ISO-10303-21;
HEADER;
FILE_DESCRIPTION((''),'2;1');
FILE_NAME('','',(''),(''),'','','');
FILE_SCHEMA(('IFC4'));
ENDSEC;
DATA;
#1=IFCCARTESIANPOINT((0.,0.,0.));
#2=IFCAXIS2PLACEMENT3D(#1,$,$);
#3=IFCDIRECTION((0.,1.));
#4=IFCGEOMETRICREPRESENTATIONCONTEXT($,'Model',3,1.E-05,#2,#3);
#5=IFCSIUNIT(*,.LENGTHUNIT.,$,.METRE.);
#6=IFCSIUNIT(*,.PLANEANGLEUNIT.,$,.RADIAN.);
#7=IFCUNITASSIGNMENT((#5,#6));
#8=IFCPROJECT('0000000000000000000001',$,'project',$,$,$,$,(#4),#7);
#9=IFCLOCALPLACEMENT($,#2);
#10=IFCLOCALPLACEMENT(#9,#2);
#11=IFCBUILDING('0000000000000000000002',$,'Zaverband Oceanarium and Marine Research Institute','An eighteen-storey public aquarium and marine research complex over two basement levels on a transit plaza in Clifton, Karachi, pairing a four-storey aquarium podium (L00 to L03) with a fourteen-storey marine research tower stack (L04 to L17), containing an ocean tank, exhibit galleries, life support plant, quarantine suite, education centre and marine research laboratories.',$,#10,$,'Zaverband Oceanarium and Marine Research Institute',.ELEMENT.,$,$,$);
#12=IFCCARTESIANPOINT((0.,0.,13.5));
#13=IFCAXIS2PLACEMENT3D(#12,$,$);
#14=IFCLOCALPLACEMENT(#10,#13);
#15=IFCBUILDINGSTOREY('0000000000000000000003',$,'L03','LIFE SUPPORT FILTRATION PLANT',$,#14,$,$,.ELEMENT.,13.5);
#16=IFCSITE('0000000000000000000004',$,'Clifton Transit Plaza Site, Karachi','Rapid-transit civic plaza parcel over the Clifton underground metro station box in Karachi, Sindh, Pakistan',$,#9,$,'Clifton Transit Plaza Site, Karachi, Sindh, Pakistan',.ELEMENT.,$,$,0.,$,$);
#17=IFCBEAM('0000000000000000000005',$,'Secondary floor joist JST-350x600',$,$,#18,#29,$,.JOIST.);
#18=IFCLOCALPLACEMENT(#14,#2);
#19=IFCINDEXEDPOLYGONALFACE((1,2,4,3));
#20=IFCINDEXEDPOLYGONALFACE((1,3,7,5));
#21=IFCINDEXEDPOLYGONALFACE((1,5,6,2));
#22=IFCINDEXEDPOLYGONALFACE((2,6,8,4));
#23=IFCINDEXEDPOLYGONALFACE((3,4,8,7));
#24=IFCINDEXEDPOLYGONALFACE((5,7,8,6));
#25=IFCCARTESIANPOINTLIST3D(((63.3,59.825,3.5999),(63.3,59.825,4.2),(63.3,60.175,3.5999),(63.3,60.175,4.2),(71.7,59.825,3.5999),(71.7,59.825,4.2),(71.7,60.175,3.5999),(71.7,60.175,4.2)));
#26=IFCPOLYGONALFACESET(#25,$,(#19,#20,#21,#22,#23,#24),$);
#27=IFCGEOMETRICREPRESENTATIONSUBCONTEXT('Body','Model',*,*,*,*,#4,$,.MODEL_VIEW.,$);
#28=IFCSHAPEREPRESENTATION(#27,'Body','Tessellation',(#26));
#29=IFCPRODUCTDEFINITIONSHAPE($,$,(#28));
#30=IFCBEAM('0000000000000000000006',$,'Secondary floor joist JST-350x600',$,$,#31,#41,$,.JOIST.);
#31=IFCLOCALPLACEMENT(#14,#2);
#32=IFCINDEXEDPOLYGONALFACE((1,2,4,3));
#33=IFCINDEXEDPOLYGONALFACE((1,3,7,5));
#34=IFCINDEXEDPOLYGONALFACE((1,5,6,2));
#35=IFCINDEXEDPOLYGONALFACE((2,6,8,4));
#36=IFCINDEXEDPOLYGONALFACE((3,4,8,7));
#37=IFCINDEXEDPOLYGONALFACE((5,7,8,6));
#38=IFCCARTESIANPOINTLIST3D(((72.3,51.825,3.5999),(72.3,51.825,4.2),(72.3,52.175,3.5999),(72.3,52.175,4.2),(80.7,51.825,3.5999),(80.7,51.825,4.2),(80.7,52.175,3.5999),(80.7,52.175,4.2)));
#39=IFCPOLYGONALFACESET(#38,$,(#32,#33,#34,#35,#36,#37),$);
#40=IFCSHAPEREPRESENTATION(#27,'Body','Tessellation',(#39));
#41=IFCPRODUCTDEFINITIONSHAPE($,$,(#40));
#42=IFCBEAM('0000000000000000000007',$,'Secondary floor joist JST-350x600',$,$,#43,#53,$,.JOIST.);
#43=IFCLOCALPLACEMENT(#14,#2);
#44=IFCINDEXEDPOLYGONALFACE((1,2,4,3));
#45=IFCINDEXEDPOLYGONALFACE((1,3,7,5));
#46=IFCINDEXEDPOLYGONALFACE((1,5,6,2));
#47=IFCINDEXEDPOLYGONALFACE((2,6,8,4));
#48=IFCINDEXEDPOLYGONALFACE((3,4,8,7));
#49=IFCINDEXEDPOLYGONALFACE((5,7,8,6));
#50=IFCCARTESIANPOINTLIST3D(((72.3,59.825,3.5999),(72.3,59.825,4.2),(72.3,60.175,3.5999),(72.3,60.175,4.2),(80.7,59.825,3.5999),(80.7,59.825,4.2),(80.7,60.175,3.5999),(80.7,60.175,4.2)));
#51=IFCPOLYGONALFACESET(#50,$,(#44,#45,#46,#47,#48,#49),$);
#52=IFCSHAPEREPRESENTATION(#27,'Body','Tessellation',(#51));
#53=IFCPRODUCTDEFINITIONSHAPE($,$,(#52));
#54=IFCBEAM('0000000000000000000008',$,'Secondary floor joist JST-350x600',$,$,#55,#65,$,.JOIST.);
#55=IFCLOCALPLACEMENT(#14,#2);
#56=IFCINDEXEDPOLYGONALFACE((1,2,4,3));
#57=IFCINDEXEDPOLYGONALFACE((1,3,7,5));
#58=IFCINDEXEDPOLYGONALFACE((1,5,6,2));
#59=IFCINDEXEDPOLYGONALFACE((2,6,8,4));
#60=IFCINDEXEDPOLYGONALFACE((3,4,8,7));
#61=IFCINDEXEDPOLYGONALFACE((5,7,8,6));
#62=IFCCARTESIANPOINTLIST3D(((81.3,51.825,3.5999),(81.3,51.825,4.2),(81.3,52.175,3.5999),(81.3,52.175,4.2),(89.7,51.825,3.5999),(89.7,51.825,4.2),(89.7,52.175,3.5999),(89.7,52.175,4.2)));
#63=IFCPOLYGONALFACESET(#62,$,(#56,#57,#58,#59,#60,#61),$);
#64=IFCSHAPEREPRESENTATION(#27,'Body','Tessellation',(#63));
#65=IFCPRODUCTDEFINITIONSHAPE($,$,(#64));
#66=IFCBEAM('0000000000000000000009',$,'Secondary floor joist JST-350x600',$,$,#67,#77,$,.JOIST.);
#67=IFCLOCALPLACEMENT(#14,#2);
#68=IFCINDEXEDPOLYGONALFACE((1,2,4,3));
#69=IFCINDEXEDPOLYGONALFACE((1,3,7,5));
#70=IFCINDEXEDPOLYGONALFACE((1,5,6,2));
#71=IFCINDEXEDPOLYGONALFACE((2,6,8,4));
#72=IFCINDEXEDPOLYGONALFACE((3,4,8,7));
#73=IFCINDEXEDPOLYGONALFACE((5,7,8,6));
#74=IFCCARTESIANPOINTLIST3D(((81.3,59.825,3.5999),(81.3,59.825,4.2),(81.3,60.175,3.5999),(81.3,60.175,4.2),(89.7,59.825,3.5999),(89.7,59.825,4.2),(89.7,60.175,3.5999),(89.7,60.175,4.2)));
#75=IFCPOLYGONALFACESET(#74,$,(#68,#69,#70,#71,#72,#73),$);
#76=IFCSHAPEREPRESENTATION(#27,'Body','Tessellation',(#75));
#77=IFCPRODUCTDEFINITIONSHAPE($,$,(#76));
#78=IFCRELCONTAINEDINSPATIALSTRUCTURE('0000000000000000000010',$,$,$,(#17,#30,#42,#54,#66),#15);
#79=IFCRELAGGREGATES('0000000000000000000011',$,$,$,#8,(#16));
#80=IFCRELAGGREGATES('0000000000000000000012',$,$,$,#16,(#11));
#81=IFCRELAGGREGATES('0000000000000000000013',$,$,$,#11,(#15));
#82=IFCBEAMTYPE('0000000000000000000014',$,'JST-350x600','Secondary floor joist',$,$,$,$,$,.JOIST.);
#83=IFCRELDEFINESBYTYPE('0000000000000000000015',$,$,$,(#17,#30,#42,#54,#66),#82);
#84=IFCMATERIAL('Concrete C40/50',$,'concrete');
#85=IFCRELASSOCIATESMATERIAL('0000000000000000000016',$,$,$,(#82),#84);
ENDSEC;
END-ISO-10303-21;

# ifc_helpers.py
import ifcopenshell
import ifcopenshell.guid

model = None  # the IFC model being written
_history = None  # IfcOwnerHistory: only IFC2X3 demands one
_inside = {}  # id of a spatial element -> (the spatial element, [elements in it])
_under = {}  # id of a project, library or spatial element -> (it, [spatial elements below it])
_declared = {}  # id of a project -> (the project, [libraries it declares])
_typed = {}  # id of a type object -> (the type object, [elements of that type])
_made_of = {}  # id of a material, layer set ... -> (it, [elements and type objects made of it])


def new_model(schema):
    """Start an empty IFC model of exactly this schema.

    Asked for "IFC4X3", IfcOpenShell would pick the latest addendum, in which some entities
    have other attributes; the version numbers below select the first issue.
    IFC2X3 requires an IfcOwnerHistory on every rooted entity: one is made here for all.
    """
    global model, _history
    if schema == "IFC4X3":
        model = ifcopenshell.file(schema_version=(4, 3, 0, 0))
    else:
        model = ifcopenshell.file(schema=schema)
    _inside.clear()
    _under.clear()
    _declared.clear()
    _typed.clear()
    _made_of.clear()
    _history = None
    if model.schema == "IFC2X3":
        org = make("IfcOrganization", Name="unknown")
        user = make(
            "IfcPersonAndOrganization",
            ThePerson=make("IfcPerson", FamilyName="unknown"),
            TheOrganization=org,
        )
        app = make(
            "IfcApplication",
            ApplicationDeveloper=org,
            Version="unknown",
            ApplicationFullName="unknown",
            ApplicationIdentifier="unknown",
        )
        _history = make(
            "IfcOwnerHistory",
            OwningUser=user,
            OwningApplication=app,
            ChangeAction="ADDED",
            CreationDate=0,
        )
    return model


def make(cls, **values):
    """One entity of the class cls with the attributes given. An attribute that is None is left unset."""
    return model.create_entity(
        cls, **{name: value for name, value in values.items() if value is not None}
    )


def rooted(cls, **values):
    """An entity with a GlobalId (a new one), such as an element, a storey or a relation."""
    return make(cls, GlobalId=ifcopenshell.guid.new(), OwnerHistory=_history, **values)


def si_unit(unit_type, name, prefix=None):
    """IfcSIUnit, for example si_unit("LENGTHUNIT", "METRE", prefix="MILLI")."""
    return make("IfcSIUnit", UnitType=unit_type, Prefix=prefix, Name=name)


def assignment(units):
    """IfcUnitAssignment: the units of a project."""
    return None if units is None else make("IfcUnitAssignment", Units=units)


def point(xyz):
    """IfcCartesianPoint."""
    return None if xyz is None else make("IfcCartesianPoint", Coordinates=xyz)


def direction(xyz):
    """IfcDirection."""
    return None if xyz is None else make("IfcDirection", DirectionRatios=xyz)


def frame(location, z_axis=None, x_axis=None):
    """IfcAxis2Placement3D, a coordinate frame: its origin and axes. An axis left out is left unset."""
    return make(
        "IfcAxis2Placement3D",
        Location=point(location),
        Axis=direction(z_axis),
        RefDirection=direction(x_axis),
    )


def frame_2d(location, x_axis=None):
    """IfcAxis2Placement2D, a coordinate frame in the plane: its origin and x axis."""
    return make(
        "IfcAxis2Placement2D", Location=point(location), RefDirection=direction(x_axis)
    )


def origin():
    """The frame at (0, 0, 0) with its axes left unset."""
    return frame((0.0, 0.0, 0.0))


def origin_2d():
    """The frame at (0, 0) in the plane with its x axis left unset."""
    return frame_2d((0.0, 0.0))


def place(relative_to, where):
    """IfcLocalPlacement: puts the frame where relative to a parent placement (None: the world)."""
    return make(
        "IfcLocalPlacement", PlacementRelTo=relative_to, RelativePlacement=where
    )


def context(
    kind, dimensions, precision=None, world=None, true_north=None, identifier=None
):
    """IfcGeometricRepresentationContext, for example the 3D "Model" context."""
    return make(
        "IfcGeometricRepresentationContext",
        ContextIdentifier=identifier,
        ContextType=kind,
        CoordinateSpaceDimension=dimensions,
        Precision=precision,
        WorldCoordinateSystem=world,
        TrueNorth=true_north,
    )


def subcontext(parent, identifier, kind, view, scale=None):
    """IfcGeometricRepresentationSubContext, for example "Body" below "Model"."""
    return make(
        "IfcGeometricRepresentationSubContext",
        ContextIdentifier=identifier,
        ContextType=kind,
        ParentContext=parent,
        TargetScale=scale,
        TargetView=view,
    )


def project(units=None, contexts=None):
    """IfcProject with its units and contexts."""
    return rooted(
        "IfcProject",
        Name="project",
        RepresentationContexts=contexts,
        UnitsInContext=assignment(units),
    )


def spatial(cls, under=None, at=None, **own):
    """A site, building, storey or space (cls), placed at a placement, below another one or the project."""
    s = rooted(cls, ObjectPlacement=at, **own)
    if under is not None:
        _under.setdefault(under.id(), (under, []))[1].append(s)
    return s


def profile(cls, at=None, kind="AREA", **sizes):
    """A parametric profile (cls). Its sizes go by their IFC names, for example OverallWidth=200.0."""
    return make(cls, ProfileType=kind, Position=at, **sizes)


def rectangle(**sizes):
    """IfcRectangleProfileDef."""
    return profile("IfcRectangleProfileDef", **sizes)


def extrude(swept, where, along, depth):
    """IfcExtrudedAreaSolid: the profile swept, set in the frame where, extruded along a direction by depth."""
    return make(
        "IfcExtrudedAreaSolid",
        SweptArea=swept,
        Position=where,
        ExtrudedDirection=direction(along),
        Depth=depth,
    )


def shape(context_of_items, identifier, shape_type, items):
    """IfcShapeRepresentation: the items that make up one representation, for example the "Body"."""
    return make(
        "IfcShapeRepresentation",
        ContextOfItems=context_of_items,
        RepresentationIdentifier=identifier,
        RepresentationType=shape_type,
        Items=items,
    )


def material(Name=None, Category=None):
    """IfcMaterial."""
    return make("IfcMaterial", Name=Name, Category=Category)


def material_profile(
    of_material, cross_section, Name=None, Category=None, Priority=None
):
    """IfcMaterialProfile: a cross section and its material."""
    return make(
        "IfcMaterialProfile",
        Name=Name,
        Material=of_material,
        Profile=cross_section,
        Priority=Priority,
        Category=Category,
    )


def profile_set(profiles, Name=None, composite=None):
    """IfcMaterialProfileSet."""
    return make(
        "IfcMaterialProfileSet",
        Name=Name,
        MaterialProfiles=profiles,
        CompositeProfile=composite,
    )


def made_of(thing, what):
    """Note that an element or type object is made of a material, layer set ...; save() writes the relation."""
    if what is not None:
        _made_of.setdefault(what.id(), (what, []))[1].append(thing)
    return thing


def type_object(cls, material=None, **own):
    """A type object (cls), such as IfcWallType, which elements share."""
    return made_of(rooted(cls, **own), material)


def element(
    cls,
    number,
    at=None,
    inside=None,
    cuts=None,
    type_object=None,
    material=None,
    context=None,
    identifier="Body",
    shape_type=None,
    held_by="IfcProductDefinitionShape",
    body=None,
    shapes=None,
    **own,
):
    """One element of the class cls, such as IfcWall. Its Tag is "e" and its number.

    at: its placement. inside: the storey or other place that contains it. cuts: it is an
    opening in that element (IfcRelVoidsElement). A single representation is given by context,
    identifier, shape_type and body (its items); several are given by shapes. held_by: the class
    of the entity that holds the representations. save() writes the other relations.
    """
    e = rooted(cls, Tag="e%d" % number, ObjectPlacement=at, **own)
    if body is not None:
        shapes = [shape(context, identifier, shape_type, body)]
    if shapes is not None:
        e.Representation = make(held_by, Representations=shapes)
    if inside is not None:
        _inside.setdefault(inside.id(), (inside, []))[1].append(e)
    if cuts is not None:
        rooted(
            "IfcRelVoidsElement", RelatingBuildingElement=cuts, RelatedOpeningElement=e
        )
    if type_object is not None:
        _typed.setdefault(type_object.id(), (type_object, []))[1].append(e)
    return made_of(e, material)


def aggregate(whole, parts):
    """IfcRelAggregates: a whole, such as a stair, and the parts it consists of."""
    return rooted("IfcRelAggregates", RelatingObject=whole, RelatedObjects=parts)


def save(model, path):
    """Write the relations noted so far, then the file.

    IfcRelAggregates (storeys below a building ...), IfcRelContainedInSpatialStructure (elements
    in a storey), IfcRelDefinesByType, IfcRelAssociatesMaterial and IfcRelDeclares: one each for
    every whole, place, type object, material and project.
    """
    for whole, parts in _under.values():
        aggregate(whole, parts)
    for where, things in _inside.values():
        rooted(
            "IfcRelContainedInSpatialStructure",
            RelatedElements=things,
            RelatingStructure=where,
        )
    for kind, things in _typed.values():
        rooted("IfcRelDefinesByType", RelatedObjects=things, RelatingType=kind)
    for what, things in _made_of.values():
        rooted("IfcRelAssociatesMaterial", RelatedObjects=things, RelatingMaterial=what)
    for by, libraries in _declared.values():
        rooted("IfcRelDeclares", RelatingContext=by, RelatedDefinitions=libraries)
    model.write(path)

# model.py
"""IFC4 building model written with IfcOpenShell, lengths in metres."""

from ifc_helpers import new_model, si_unit, direction, frame, origin, origin_2d, place, context, subcontext, project, spatial, rectangle, extrude, material, material_profile, profile_set, type_object, element, save


model = new_model("IFC4")

# Units and contexts
model_context = context("Model", 3, precision=1e-05, world=origin(), true_north=direction((0.0, 1.0)))
body_context = subcontext(model_context, "Body", "Model", "MODEL_VIEW")
ifc_project = project(units=[si_unit("LENGTHUNIT", "METRE"), si_unit("PLANEANGLEUNIT", "RADIAN")], contexts=[model_context])

# Site, building, storey
site_placement = place(None, origin())
site = spatial("IfcSite", under=ifc_project, at=site_placement, Name="Clifton Transit Plaza Site, Karachi", Description="Rapid-transit civic plaza parcel over the Clifton underground metro station box in Karachi, Sindh, Pakistan", LongName="Clifton Transit Plaza Site, Karachi, Sindh, Pakistan", CompositionType="ELEMENT", RefElevation=0.0)
building_placement = place(site_placement, origin())
building = spatial("IfcBuilding", under=site, at=building_placement, Name="Zaverband Oceanarium and Marine Research Institute", Description="An eighteen-storey public aquarium and marine research complex over two basement levels on a transit plaza in Clifton, Karachi, pairing a four-storey aquarium podium (L00 to L03) with a fourteen-storey marine research tower stack (L04 to L17), containing an ocean tank, exhibit galleries, life support plant, quarantine suite, education centre and marine research laboratories.", LongName="Zaverband Oceanarium and Marine Research Institute", CompositionType="ELEMENT")
storey_placement = place(building_placement, frame((0.0, 0.0, 13.5)))
storey = spatial("IfcBuildingStorey", under=building, at=storey_placement, Name="L03", Description="LIFE SUPPORT FILTRATION PLANT", CompositionType="ELEMENT", Elevation=13.5)

# Beams
ifc_material_1 = material(Name="Concrete C40/50", Category="concrete")
ifc_material_profile_1 = material_profile(ifc_material_1, rectangle(XDim=0.3501, YDim=0.6001, at=origin_2d()), Name="RC350x600")
ifc_profile_set_1 = profile_set([ifc_material_profile_1], Name="Concrete C40/50")
beam_type_1 = type_object("IfcBeamType", Name="JST-350x600", Description="Secondary floor joist", PredefinedType="JOIST", material=ifc_profile_set_1)
for number, where, z_axis, x_axis, name in (
    (1, (63.3, 60.0, 3.8999), (1.0, 0.0, 0.0), (0.0, 1.0, 0.0), "Secondary floor joist JST-350x600"),
    (2, (72.3, 52.0, 3.8999), (1.0, 0.0, 0.0), (0.0, 1.0, 0.0), "Secondary floor joist JST-350x600"),
    (3, (72.3, 60.0, 3.8999), (1.0, 0.0, 0.0), (0.0, 1.0, 0.0), "Secondary floor joist JST-350x600"),
    (4, (81.3, 52.0, 3.8999), (1.0, 0.0, 0.0), (0.0, 1.0, 0.0), "Secondary floor joist JST-350x600"),
    (5, (81.3, 60.0, 3.8999), (1.0, 0.0, 0.0), (0.0, 1.0, 0.0), "Secondary floor joist JST-350x600"),
):
    element("IfcBeam", number, at=place(storey_placement, frame(where, z_axis=z_axis, x_axis=x_axis)), inside=storey, type_object=beam_type_1, Name=name, PredefinedType="JOIST", context=body_context, shape_type="SweptSolid", body=[
        extrude(rectangle(XDim=0.3501, YDim=0.6001, at=origin_2d()), origin(), (0.0, 0.0, 1.0), 8.3999),
    ])

save(model, "model.ifc")
